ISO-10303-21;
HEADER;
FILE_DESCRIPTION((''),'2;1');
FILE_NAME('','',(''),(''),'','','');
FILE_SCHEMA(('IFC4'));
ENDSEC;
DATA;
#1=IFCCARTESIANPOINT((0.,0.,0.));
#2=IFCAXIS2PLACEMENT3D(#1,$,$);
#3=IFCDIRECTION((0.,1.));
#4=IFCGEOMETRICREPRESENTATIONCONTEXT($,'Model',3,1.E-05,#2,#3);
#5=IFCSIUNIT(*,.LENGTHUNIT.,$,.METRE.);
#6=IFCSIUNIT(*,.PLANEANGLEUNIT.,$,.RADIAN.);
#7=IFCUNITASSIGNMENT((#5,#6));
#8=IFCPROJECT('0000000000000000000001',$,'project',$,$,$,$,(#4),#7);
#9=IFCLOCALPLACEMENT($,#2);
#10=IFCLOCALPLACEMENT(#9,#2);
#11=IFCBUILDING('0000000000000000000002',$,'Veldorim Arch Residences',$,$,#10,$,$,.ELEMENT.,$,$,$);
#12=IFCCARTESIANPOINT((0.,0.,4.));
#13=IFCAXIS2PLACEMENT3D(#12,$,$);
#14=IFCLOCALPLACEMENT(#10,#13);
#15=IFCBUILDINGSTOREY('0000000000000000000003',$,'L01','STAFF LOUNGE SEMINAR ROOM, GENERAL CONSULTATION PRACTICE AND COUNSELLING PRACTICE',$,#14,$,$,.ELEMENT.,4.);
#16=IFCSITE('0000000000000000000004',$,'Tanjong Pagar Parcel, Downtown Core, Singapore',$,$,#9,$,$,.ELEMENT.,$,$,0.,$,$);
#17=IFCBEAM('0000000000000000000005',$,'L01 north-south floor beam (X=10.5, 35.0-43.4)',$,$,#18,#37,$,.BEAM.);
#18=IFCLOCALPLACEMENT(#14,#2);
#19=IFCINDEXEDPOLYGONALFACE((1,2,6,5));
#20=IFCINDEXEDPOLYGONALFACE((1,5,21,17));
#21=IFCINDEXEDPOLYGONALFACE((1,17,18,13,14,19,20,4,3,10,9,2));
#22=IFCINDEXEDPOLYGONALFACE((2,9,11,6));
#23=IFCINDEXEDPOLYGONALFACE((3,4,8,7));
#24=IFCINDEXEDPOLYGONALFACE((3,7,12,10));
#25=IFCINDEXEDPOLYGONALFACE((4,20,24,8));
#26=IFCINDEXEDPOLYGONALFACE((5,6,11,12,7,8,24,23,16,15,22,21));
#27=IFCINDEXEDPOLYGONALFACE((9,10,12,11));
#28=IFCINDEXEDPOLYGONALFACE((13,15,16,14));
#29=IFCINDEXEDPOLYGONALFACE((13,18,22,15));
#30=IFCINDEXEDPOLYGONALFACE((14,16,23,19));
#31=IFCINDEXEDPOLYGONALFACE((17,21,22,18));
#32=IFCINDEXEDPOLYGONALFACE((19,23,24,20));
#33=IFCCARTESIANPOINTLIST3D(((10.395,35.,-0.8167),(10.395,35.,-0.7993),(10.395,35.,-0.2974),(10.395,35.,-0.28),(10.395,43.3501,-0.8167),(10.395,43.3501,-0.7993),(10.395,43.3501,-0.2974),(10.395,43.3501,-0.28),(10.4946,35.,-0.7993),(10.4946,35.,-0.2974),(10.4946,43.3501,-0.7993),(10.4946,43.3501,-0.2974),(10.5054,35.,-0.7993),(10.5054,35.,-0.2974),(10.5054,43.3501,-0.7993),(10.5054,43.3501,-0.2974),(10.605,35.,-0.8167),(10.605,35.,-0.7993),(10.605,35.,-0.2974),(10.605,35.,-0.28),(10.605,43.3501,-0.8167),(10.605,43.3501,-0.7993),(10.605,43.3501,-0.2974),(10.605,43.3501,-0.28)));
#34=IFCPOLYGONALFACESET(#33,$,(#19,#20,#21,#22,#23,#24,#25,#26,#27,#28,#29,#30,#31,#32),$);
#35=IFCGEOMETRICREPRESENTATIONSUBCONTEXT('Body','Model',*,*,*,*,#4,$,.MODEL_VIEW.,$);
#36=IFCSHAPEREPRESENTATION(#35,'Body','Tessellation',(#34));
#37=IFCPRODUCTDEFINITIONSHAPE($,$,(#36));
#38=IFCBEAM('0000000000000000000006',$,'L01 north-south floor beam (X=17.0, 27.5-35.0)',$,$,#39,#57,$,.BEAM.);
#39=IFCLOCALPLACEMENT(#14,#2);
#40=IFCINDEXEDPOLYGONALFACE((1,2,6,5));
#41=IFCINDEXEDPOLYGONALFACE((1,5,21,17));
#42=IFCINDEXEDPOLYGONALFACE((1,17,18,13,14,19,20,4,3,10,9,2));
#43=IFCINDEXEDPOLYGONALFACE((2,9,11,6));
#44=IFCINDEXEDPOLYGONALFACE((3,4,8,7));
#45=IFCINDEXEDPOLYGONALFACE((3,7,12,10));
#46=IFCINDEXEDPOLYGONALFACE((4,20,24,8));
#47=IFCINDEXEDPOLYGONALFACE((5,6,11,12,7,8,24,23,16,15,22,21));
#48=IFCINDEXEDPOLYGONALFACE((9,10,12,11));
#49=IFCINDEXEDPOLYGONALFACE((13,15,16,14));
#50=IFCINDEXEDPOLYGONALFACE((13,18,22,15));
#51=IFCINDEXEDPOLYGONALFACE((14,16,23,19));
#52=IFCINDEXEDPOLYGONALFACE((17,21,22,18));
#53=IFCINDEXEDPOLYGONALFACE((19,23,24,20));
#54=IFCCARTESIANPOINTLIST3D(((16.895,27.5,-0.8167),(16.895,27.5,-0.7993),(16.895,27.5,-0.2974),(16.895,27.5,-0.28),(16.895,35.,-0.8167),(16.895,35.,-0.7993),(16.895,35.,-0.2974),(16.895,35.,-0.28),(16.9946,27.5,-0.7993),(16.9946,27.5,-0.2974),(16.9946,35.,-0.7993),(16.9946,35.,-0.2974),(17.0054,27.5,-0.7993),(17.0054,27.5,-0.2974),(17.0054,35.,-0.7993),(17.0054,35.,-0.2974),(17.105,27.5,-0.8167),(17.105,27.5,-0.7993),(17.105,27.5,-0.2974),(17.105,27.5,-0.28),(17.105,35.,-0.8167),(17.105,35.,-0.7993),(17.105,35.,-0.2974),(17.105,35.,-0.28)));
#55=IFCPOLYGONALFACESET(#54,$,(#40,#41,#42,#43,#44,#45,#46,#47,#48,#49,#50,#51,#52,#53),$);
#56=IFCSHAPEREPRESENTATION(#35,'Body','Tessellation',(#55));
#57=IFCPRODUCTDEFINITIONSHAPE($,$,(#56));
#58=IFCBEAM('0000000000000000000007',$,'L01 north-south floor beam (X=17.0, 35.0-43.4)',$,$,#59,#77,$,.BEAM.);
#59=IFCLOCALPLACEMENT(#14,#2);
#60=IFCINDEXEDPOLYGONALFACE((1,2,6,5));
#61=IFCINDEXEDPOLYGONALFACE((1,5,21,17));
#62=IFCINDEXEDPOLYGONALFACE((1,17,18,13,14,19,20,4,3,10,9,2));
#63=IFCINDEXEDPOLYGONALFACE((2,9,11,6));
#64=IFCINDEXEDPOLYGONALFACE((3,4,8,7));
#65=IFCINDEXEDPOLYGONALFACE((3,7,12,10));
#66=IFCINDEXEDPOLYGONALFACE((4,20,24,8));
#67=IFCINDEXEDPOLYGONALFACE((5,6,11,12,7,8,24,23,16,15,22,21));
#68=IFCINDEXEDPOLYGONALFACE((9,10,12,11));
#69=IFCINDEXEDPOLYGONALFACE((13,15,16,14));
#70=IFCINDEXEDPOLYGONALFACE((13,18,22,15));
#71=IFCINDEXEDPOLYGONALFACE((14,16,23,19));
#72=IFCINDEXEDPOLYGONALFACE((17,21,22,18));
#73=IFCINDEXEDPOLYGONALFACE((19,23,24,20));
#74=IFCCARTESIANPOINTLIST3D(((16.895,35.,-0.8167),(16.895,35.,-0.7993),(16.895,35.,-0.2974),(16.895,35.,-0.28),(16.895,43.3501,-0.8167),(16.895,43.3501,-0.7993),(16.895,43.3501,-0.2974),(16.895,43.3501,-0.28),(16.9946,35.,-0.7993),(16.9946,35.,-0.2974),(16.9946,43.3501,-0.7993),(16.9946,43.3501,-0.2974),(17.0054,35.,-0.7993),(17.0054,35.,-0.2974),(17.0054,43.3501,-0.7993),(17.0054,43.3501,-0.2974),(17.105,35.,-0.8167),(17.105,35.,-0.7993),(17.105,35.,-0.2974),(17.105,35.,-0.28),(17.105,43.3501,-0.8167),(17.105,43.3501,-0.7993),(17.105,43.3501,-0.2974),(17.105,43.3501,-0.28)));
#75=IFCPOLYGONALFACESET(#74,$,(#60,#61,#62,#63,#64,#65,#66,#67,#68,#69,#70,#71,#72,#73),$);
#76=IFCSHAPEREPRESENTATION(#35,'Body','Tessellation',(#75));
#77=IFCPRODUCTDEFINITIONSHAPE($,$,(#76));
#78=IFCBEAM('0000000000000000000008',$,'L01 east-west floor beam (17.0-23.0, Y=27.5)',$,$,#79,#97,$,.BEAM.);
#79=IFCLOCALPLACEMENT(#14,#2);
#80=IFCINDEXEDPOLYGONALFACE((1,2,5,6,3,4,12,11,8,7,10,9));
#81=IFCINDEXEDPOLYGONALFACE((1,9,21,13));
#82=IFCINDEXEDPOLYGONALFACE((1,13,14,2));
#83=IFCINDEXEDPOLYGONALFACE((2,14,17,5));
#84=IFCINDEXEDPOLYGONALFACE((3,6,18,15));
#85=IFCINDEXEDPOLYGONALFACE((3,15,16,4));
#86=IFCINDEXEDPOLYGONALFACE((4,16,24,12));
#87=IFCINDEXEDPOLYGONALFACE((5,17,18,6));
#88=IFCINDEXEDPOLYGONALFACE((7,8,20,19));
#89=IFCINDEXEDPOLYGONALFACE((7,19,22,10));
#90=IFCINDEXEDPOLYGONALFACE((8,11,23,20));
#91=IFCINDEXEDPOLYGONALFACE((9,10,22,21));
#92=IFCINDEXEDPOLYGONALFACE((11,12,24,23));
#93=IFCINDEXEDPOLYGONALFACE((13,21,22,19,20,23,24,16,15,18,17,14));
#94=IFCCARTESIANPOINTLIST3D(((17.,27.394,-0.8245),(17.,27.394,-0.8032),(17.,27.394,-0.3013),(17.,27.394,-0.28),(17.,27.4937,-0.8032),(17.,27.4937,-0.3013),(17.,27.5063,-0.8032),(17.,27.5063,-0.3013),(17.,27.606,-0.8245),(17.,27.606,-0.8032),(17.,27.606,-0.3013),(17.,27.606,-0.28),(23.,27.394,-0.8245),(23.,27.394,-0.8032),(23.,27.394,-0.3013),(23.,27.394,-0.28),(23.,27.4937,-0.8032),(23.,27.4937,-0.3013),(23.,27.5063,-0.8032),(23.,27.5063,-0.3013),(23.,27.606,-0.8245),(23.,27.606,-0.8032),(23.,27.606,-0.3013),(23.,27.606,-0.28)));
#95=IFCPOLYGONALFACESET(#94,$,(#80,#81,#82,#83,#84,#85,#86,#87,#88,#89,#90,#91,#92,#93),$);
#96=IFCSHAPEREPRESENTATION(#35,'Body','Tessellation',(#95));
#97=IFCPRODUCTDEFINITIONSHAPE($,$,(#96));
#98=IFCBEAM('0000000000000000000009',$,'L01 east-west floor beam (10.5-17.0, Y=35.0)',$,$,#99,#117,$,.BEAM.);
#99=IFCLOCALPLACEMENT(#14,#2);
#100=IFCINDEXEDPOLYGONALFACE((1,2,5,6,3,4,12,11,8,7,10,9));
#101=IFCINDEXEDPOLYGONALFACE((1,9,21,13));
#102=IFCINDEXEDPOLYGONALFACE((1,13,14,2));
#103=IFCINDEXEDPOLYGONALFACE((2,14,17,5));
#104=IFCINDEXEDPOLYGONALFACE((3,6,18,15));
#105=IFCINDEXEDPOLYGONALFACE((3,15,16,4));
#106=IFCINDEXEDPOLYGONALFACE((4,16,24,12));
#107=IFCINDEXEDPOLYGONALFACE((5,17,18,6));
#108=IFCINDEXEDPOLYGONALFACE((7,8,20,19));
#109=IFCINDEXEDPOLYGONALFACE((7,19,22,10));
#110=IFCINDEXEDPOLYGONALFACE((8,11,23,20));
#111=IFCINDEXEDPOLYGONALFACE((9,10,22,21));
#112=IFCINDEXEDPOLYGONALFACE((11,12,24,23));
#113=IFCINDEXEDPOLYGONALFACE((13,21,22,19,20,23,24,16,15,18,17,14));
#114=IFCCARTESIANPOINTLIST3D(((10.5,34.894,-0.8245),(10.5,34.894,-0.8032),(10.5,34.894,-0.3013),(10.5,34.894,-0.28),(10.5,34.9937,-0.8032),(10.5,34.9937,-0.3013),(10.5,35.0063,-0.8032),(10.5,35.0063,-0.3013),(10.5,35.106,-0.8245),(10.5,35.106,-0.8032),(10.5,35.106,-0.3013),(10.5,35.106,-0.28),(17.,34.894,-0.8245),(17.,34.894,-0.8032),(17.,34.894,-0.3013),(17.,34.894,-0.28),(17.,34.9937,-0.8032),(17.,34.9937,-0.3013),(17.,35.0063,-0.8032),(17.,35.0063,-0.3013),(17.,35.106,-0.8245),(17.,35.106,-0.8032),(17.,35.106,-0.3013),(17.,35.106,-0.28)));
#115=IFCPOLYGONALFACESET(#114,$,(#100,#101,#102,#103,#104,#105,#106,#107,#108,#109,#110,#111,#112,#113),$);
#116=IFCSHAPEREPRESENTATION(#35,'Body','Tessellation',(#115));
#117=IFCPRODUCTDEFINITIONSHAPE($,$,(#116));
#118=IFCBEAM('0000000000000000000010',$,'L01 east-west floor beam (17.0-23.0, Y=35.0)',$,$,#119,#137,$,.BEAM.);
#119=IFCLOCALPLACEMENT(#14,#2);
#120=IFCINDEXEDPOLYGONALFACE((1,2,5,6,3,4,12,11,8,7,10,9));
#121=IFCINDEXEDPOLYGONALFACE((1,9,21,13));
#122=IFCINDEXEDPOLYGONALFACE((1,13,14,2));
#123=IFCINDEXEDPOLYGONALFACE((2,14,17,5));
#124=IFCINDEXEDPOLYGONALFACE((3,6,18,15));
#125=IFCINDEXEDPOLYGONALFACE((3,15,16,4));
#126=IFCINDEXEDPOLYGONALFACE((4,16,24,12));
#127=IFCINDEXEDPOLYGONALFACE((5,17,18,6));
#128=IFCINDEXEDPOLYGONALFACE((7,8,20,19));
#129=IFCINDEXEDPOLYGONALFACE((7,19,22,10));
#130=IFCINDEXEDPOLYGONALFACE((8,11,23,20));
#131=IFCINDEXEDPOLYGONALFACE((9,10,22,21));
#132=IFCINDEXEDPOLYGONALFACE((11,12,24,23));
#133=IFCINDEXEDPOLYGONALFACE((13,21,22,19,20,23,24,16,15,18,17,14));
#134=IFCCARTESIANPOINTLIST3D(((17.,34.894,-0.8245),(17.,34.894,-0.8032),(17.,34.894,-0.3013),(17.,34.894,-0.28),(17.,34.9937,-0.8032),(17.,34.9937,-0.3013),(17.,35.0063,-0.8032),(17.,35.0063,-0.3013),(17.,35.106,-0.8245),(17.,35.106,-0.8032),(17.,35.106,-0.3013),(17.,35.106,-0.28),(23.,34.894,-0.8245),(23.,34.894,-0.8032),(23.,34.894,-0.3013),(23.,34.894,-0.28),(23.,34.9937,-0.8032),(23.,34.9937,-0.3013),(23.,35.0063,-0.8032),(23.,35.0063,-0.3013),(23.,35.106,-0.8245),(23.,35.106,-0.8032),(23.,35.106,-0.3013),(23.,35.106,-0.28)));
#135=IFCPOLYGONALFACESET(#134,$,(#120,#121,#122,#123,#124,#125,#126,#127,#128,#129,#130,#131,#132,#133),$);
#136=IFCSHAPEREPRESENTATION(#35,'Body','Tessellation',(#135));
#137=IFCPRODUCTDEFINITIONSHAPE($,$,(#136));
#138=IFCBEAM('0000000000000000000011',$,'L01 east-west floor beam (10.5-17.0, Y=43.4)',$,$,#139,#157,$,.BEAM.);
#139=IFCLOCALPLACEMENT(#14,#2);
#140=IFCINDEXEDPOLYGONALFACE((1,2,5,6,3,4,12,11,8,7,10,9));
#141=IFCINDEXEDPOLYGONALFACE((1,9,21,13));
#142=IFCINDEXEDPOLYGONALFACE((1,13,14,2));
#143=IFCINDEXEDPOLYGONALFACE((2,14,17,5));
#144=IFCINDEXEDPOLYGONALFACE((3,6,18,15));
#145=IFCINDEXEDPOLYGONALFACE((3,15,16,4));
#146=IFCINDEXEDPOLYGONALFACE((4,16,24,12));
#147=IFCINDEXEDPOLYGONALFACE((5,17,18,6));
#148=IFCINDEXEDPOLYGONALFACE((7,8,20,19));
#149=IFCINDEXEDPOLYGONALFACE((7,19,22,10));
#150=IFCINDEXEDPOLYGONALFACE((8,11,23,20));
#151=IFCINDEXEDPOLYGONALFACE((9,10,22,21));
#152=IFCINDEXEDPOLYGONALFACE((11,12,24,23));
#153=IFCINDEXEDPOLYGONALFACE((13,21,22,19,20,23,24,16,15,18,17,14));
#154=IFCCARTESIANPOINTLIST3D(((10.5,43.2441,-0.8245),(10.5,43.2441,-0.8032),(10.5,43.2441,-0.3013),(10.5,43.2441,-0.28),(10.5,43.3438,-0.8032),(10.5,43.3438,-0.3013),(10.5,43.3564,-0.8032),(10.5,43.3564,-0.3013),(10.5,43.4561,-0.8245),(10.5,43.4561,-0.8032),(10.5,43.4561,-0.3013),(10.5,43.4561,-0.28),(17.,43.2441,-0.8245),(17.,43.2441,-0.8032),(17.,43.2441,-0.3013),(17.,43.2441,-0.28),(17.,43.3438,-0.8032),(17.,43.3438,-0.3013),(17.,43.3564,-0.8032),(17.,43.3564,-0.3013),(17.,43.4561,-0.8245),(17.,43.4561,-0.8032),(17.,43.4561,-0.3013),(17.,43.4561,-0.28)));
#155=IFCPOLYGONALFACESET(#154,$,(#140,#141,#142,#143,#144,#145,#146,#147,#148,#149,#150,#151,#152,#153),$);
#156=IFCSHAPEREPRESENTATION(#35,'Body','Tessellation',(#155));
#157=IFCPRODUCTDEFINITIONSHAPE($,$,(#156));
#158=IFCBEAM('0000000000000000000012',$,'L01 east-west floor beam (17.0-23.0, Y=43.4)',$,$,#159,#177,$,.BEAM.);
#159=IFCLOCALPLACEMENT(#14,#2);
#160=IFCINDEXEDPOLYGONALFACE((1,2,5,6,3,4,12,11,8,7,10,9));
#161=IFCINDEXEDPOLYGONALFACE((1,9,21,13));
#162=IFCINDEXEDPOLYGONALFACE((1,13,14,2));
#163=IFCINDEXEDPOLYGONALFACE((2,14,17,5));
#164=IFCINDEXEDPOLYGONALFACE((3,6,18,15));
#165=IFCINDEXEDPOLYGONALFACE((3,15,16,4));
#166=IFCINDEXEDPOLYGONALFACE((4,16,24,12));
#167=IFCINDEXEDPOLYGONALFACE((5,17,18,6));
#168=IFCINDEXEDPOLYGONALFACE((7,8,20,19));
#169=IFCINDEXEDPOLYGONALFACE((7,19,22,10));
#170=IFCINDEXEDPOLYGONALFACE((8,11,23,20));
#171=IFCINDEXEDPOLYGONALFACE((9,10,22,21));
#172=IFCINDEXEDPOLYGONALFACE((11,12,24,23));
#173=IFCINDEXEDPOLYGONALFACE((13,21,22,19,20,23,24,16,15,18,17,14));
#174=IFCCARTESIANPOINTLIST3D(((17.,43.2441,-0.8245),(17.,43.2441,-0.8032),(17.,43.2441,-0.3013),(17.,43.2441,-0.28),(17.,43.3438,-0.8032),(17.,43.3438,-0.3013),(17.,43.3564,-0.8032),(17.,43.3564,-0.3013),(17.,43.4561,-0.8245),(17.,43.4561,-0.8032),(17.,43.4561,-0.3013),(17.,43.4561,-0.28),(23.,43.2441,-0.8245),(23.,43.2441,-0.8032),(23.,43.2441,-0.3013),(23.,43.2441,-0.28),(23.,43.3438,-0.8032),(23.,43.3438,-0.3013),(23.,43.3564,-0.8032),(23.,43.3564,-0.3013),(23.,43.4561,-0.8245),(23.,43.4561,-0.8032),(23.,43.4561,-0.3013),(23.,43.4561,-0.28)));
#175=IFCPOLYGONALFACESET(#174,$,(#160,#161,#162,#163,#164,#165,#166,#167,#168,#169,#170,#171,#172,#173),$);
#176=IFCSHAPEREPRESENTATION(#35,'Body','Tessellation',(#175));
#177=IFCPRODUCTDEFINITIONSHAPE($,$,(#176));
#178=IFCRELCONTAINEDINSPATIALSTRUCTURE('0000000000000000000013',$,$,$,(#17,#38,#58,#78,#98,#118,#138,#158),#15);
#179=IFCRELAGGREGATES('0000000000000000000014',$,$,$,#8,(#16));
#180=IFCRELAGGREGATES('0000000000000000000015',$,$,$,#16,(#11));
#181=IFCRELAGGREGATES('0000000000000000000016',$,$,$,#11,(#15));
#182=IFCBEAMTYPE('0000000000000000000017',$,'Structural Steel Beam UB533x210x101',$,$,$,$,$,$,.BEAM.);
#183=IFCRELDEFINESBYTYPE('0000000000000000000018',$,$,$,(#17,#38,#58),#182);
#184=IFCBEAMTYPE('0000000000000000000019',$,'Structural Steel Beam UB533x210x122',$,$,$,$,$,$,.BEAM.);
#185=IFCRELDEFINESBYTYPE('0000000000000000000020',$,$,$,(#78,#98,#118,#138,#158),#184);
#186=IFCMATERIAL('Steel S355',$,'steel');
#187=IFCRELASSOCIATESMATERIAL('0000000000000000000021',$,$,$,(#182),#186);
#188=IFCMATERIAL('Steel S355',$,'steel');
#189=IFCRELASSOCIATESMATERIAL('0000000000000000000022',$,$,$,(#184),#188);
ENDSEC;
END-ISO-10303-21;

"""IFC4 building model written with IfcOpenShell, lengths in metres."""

from ifc_helpers import new_model, si_unit, direction, frame, origin, origin_2d, place, context, subcontext, project, spatial, i_section, extrude, material, material_profile, profile_set, type_object, element, save


model = new_model("IFC4")

# Units and contexts
model_context = context("Model", 3, precision=1e-05, world=origin(), true_north=direction((0.0, 1.0)))
body_context = subcontext(model_context, "Body", "Model", "MODEL_VIEW")
ifc_project = project(units=[si_unit("LENGTHUNIT", "METRE"), si_unit("PLANEANGLEUNIT", "RADIAN")], contexts=[model_context])

# Site, building, storey
site_placement = place(None, origin())
site = spatial("IfcSite", under=ifc_project, at=site_placement, Name="Tanjong Pagar Parcel, Downtown Core, Singapore", CompositionType="ELEMENT", RefElevation=0.0)
building_placement = place(site_placement, origin())
building = spatial("IfcBuilding", under=site, at=building_placement, Name="Veldorim Arch Residences", CompositionType="ELEMENT")
storey_placement = place(building_placement, frame((0.0, 0.0, 4.0)))
storey = spatial("IfcBuildingStorey", under=building, at=storey_placement, Name="L01", Description="STAFF LOUNGE SEMINAR ROOM, GENERAL CONSULTATION PRACTICE AND COUNSELLING PRACTICE", CompositionType="ELEMENT", Elevation=4.0)

# Beams
ifc_material_1 = material(Name="Steel S355", Category="steel")
ifc_material_profile_1 = material_profile(ifc_material_1, i_section(OverallWidth=0.21, OverallDepth=0.5366, WebThickness=0.0107, FlangeThickness=0.0173, at=origin_2d()), Name="UB533x210x101")
ifc_profile_set_1 = profile_set([ifc_material_profile_1], Name="Steel S355")
beam_type_1 = type_object("IfcBeamType", Name="Structural Steel Beam UB533x210x101", PredefinedType="BEAM", material=ifc_profile_set_1)
beam_1_placement = place(storey_placement, frame((10.5, 35.0, -0.5483), z_axis=(0.0, 1.0, 0.0), x_axis=(-1.0, 0.0, 0.0)))
element("IfcBeam", 1, at=beam_1_placement, inside=storey, type_object=beam_type_1, Name="L01 north-south floor beam (X=10.5, 35.0-43.4)", PredefinedType="BEAM", context=body_context, shape_type="SweptSolid", body=[
    extrude(i_section(OverallWidth=0.21, OverallDepth=0.5366, WebThickness=0.0107, FlangeThickness=0.0173, at=origin_2d()), origin(), (0.0, 0.0, 1.0), 8.3501),
])
beam_2_placement = place(storey_placement, frame((17.0, 27.5, -0.5483), z_axis=(0.0, 1.0, 0.0), x_axis=(-1.0, 0.0, 0.0)))
element("IfcBeam", 2, at=beam_2_placement, inside=storey, type_object=beam_type_1, Name="L01 north-south floor beam (X=17.0, 27.5-35.0)", PredefinedType="BEAM", context=body_context, shape_type="SweptSolid", body=[
    extrude(i_section(OverallWidth=0.21, OverallDepth=0.5366, WebThickness=0.0107, FlangeThickness=0.0173, at=origin_2d()), origin(), (0.0, 0.0, 1.0), 7.5),
])
beam_3_placement = place(storey_placement, frame((17.0, 35.0, -0.5483), z_axis=(0.0, 1.0, 0.0), x_axis=(-1.0, 0.0, 0.0)))
element("IfcBeam", 3, at=beam_3_placement, inside=storey, type_object=beam_type_1, Name="L01 north-south floor beam (X=17.0, 35.0-43.4)", PredefinedType="BEAM", context=body_context, shape_type="SweptSolid", body=[
    extrude(i_section(OverallWidth=0.21, OverallDepth=0.5366, WebThickness=0.0107, FlangeThickness=0.0173, at=origin_2d()), origin(), (0.0, 0.0, 1.0), 8.3501),
])
ifc_material_2 = material(Name="Steel S355", Category="steel")
ifc_material_profile_2 = material_profile(ifc_material_2, i_section(OverallWidth=0.2119, OverallDepth=0.5444, WebThickness=0.0127, FlangeThickness=0.0212, at=origin_2d()), Name="UB533x210x122")
ifc_profile_set_2 = profile_set([ifc_material_profile_2], Name="Steel S355")
beam_type_2 = type_object("IfcBeamType", Name="Structural Steel Beam UB533x210x122", PredefinedType="BEAM", material=ifc_profile_set_2)
beam_4_placement = place(storey_placement, frame((17.0, 27.5, -0.5522), z_axis=(1.0, 0.0, 0.0), x_axis=(0.0, 1.0, 0.0)))
element("IfcBeam", 4, at=beam_4_placement, inside=storey, type_object=beam_type_2, Name="L01 east-west floor beam (17.0-23.0, Y=27.5)", PredefinedType="BEAM", context=body_context, shape_type="SweptSolid", body=[
    extrude(i_section(OverallWidth=0.2119, OverallDepth=0.5444, WebThickness=0.0127, FlangeThickness=0.0212, at=origin_2d()), origin(), (0.0, 0.0, 1.0), 6.0),
])
beam_5_placement = place(storey_placement, frame((10.5, 35.0, -0.5522), z_axis=(1.0, 0.0, 0.0), x_axis=(0.0, 1.0, 0.0)))
element("IfcBeam", 5, at=beam_5_placement, inside=storey, type_object=beam_type_2, Name="L01 east-west floor beam (10.5-17.0, Y=35.0)", PredefinedType="BEAM", context=body_context, shape_type="SweptSolid", body=[
    extrude(i_section(OverallWidth=0.2119, OverallDepth=0.5444, WebThickness=0.0127, FlangeThickness=0.0212, at=origin_2d()), origin(), (0.0, 0.0, 1.0), 6.5),
])
beam_6_placement = place(storey_placement, frame((17.0, 35.0, -0.5522), z_axis=(1.0, 0.0, 0.0), x_axis=(0.0, 1.0, 0.0)))
element("IfcBeam", 6, at=beam_6_placement, inside=storey, type_object=beam_type_2, Name="L01 east-west floor beam (17.0-23.0, Y=35.0)", PredefinedType="BEAM", context=body_context, shape_type="SweptSolid", body=[
    extrude(i_section(OverallWidth=0.2119, OverallDepth=0.5444, WebThickness=0.0127, FlangeThickness=0.0212, at=origin_2d()), origin(), (0.0, 0.0, 1.0), 6.0),
])
beam_7_placement = place(storey_placement, frame((10.5, 43.3501, -0.5522), z_axis=(1.0, 0.0, 0.0), x_axis=(0.0, 1.0, 0.0)))
element("IfcBeam", 7, at=beam_7_placement, inside=storey, type_object=beam_type_2, Name="L01 east-west floor beam (10.5-17.0, Y=43.4)", PredefinedType="BEAM", context=body_context, shape_type="SweptSolid", body=[
    extrude(i_section(OverallWidth=0.2119, OverallDepth=0.5444, WebThickness=0.0127, FlangeThickness=0.0212, at=origin_2d()), origin(), (0.0, 0.0, 1.0), 6.5),
])
beam_8_placement = place(storey_placement, frame((17.0, 43.3501, -0.5522), z_axis=(1.0, 0.0, 0.0), x_axis=(0.0, 1.0, 0.0)))
element("IfcBeam", 8, at=beam_8_placement, inside=storey, type_object=beam_type_2, Name="L01 east-west floor beam (17.0-23.0, Y=43.4)", PredefinedType="BEAM", context=body_context, shape_type="SweptSolid", body=[
    extrude(i_section(OverallWidth=0.2119, OverallDepth=0.5444, WebThickness=0.0127, FlangeThickness=0.0212, at=origin_2d()), origin(), (0.0, 0.0, 1.0), 6.0),
])

save(model, "model.ifc")
